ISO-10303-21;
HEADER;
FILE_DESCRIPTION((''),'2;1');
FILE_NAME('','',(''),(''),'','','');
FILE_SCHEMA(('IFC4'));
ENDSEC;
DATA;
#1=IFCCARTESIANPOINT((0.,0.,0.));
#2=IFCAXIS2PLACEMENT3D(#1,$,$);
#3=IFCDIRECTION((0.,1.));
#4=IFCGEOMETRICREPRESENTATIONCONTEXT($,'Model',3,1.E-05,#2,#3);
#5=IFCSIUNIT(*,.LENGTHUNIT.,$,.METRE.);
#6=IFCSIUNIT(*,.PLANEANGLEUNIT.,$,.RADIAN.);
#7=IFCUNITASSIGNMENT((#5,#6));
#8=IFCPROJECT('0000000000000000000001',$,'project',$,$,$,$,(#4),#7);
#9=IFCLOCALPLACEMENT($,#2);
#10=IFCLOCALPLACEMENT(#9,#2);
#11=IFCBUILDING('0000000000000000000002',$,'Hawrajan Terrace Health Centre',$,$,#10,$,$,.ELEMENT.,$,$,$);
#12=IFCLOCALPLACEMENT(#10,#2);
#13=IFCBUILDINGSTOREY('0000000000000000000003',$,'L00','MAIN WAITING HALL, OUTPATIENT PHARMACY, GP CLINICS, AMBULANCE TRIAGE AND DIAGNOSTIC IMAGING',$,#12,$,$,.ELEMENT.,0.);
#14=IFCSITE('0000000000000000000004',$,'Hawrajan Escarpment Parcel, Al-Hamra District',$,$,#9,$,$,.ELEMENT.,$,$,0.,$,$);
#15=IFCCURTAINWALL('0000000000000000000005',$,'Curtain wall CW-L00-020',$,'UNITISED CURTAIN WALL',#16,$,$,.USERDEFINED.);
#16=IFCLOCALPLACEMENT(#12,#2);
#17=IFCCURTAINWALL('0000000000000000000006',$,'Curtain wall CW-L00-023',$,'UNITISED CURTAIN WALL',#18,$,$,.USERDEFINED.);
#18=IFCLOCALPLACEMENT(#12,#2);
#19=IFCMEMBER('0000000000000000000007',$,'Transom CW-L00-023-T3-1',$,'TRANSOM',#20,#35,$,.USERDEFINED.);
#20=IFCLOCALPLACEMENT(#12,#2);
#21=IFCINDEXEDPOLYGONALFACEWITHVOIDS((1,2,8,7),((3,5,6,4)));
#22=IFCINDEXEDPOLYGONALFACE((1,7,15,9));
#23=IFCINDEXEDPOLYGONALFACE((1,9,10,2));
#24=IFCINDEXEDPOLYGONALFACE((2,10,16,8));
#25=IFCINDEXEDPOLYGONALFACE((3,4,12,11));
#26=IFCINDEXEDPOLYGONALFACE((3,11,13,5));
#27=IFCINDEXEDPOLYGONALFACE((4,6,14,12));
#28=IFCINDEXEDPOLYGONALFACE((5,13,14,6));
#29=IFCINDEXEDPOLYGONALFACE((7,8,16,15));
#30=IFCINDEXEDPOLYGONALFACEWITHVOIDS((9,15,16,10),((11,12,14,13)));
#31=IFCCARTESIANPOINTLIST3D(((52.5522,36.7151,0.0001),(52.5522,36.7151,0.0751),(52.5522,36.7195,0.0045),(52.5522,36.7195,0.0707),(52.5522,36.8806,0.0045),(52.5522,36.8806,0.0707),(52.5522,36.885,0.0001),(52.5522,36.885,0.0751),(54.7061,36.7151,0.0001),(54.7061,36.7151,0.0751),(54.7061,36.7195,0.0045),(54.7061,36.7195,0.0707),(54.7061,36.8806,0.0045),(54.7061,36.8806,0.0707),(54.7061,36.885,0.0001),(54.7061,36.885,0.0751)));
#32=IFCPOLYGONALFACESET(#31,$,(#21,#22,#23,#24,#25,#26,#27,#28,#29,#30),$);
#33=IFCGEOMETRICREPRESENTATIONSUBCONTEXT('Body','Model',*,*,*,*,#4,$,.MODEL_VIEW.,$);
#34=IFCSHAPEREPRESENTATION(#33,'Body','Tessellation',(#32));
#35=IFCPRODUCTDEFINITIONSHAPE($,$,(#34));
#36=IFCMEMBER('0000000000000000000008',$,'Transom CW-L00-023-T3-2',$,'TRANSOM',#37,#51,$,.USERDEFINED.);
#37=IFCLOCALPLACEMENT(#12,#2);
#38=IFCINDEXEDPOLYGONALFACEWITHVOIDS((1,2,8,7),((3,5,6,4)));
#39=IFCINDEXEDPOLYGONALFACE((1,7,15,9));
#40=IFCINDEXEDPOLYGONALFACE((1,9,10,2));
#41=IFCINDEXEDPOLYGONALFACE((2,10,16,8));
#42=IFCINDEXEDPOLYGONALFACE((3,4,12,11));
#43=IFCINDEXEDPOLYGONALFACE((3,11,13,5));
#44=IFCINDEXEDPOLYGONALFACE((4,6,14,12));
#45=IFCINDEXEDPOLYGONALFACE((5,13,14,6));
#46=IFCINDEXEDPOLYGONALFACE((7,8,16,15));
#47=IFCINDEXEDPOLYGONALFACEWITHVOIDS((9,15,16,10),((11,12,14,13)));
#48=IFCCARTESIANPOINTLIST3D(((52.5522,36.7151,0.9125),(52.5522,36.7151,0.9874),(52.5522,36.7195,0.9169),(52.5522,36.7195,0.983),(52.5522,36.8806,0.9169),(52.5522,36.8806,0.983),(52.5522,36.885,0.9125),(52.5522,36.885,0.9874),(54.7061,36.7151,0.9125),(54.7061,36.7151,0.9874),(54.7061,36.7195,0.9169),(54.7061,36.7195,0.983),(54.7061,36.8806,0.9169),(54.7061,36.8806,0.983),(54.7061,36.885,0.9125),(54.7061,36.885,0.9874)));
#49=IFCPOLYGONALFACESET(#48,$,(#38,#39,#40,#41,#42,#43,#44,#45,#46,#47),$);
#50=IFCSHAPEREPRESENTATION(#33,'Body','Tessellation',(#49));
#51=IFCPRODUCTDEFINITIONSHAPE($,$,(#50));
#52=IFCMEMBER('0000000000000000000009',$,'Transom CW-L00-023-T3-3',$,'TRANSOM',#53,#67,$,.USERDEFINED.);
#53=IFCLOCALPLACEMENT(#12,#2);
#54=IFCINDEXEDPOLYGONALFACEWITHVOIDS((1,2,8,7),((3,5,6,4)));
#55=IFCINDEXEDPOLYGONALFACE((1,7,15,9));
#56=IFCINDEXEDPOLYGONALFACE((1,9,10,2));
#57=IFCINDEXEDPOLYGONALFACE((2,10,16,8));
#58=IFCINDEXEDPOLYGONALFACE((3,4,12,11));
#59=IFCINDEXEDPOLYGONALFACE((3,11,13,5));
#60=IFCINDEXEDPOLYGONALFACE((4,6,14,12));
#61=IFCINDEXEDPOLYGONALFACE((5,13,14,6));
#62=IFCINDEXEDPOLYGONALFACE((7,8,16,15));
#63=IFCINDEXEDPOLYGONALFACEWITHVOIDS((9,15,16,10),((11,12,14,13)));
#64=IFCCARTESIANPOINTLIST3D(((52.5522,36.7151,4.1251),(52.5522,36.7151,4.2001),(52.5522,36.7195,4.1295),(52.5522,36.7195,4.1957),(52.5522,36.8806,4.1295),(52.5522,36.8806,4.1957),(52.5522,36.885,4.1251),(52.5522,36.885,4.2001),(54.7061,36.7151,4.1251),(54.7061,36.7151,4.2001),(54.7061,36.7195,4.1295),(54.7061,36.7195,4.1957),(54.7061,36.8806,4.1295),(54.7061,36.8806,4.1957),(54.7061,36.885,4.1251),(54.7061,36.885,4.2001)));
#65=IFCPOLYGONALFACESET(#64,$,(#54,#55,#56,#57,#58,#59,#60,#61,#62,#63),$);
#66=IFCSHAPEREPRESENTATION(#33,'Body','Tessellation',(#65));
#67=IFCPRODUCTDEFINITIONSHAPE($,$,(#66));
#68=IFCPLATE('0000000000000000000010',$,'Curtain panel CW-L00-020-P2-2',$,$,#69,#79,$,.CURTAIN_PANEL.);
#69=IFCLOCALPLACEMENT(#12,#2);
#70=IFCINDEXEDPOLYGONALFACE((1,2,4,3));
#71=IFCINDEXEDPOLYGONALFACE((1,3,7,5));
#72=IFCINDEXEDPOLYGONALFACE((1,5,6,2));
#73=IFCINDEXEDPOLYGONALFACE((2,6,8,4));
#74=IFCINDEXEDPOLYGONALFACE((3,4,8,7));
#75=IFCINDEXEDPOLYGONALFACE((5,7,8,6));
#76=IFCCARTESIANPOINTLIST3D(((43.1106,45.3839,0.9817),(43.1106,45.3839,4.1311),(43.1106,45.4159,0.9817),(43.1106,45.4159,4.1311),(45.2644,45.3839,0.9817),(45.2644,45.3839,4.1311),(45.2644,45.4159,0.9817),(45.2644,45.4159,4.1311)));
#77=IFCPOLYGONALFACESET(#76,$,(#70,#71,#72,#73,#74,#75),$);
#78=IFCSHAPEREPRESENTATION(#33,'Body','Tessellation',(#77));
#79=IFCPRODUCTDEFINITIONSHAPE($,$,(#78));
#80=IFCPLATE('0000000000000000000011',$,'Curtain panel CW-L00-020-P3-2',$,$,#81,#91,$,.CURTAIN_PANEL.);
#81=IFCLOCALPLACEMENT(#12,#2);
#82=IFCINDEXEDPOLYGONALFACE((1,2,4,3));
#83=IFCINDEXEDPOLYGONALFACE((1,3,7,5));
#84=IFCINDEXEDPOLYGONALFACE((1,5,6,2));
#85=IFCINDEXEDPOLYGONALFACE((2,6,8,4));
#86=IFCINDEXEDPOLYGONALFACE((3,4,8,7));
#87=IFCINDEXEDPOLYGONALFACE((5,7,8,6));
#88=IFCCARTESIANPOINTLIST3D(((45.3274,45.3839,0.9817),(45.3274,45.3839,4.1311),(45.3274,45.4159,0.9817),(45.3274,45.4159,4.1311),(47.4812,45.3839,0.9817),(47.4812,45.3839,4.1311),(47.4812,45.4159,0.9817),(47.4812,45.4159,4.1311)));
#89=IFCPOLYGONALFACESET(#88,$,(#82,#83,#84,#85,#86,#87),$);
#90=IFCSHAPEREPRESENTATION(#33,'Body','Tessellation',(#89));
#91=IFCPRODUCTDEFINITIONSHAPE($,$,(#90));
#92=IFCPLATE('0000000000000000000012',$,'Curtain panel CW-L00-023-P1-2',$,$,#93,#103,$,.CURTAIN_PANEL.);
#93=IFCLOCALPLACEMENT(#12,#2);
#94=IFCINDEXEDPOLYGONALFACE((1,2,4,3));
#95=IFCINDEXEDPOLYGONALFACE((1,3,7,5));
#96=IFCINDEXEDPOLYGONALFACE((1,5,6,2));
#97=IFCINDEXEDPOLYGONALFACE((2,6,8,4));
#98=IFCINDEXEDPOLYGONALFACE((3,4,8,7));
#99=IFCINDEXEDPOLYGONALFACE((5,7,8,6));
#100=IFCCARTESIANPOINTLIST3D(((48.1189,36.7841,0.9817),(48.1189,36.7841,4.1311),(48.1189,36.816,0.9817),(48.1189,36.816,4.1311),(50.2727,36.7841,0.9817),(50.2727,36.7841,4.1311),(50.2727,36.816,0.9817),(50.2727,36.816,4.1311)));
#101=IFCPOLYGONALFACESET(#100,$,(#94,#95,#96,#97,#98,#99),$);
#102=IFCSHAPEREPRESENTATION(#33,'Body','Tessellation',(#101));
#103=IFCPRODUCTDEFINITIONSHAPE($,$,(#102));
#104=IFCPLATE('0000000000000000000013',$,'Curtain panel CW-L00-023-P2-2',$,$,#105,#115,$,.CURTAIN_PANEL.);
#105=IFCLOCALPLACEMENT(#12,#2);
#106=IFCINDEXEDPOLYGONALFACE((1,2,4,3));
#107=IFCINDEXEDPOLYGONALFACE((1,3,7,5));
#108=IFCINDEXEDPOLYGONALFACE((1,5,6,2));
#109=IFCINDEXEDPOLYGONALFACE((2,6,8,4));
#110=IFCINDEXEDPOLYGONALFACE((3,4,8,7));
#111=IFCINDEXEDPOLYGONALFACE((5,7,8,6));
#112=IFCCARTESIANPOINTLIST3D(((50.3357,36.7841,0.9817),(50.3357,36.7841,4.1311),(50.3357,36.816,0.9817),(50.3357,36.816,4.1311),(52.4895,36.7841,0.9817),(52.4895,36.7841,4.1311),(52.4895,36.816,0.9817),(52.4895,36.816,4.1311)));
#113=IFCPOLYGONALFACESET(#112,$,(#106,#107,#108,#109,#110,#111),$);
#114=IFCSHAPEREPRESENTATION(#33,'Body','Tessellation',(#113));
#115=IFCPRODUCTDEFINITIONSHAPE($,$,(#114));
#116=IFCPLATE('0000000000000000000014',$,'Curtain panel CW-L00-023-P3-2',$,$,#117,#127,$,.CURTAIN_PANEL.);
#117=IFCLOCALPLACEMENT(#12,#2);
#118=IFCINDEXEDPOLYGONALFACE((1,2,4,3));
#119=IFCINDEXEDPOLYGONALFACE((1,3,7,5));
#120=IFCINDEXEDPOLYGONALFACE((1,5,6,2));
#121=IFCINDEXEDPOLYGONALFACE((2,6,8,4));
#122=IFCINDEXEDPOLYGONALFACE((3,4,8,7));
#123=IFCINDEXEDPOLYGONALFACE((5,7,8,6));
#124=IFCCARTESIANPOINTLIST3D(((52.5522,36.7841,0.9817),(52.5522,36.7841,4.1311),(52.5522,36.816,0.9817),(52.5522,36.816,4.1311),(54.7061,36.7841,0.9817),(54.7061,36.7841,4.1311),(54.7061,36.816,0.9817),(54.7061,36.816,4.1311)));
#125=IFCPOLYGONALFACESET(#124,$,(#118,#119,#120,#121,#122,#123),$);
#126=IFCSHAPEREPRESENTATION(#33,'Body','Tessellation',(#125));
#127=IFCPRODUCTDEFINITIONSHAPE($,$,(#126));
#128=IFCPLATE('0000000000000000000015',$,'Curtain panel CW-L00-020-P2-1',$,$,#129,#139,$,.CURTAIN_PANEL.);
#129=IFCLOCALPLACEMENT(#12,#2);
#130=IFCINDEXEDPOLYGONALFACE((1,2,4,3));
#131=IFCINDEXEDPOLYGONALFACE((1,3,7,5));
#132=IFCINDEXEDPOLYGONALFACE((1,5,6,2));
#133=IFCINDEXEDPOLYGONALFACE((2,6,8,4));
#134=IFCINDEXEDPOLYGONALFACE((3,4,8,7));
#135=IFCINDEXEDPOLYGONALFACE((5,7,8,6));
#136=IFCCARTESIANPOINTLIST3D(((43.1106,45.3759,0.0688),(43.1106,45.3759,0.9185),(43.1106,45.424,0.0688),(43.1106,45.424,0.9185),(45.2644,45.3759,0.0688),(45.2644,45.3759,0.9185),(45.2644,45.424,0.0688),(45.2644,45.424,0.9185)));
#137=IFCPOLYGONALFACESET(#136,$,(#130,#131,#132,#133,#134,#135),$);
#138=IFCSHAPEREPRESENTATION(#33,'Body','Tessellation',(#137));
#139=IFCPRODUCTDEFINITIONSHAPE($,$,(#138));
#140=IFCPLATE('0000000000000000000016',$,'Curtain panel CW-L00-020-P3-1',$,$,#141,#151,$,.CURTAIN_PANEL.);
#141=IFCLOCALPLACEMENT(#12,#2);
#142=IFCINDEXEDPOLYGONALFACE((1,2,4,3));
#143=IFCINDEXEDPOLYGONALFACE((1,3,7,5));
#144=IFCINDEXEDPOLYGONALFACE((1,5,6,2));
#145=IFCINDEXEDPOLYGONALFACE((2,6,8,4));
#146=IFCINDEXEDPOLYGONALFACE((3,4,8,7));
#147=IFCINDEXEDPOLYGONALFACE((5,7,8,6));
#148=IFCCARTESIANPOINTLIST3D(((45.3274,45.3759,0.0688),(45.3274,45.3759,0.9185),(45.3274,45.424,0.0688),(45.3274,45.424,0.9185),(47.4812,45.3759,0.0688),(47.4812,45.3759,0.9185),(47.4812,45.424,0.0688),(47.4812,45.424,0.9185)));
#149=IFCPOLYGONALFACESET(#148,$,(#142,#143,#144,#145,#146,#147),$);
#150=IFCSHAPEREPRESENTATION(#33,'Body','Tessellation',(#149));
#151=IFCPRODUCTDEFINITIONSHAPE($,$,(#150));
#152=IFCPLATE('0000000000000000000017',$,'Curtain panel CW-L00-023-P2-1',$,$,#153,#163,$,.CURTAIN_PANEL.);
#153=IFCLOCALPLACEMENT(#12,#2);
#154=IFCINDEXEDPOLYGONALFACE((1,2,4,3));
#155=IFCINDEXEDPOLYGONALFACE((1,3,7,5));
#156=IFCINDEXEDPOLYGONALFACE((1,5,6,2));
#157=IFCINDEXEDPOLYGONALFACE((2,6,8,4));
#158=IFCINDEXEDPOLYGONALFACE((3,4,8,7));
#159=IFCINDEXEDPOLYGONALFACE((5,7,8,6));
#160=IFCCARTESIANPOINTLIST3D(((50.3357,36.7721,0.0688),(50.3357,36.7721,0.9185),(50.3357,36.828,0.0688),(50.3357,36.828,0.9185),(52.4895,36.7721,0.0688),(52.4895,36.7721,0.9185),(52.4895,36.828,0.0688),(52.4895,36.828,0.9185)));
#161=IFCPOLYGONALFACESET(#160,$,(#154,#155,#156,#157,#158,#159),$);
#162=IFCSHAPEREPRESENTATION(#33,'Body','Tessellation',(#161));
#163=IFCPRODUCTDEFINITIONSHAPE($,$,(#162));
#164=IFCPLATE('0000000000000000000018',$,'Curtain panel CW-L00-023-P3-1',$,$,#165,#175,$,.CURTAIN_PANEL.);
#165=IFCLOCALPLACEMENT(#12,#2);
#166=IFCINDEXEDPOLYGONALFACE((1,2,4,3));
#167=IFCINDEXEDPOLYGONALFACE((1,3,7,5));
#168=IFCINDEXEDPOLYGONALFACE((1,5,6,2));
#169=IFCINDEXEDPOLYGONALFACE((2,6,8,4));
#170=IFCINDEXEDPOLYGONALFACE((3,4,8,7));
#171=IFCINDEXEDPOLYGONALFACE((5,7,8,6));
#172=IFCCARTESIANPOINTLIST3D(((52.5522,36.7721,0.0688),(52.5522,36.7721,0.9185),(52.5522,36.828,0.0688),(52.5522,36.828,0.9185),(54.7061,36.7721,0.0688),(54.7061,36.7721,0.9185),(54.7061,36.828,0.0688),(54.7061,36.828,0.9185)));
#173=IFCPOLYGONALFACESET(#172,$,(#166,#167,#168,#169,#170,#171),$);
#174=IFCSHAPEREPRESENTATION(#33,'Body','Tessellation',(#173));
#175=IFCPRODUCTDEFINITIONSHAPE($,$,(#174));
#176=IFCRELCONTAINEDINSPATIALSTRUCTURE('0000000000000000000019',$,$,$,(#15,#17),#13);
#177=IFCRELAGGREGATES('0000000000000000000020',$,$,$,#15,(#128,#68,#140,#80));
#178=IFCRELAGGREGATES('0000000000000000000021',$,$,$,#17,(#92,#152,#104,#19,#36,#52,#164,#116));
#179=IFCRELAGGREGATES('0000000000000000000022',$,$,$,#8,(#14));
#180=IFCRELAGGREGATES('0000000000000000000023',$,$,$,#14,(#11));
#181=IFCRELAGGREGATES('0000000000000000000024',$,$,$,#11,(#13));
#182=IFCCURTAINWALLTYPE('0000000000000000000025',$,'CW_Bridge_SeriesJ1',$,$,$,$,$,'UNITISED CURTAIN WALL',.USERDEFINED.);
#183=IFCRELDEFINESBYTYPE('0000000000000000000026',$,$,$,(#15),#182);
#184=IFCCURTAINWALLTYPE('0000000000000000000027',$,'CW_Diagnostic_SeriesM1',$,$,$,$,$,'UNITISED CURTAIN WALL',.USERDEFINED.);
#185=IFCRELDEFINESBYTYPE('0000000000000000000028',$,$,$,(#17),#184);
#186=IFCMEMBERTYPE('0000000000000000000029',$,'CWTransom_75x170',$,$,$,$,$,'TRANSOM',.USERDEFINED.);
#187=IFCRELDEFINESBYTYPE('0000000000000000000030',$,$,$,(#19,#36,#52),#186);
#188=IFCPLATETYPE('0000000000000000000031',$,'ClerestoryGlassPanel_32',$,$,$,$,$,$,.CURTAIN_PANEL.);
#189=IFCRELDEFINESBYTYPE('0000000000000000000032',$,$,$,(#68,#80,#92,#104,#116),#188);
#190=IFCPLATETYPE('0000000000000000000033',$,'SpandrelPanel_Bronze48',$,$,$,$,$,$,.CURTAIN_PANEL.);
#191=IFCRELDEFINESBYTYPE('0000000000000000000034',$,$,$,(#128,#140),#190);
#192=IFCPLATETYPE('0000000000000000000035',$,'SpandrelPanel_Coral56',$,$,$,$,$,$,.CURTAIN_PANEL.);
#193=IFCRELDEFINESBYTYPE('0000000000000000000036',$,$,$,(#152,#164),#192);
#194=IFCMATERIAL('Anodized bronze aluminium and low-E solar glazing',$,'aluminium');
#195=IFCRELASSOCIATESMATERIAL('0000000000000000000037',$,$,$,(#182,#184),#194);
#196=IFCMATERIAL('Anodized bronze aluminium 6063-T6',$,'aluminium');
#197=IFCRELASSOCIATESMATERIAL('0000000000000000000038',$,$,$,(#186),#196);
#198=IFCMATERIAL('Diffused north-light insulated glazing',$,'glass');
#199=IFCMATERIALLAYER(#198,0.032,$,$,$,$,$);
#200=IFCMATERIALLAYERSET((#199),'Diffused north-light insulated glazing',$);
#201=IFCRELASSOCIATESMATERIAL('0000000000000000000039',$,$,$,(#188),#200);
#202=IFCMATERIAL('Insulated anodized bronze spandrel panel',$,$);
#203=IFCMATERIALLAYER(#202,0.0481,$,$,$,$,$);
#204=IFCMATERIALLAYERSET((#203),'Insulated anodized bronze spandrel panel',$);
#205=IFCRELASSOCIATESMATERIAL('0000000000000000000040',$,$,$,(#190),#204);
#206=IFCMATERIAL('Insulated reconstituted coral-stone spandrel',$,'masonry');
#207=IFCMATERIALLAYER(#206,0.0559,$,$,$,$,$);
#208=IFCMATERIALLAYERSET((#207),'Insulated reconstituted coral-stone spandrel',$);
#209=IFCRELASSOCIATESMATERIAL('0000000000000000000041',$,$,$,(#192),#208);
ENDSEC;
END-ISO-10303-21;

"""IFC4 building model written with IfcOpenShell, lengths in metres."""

from ifc_helpers import new_model, si_unit, direction, frame, origin, origin_2d, place, context, subcontext, project, spatial, rectangle, hollow_rectangle, extrude, material, layer, layer_set, material_profile, profile_set, type_object, element, aggregate, save


model = new_model("IFC4")

# Units and contexts
model_context = context("Model", 3, precision=1e-05, world=origin(), true_north=direction((0.0, 1.0)))
body_context = subcontext(model_context, "Body", "Model", "MODEL_VIEW")
ifc_project = project(units=[si_unit("LENGTHUNIT", "METRE"), si_unit("PLANEANGLEUNIT", "RADIAN")], contexts=[model_context])

# Site, building, storey
site_placement = place(None, origin())
site = spatial("IfcSite", under=ifc_project, at=site_placement, Name="Hawrajan Escarpment Parcel, Al-Hamra District", CompositionType="ELEMENT", RefElevation=0.0)
building_placement = place(site_placement, origin())
building = spatial("IfcBuilding", under=site, at=building_placement, Name="Hawrajan Terrace Health Centre", CompositionType="ELEMENT")
storey_placement = place(building_placement, origin())
storey = spatial("IfcBuildingStorey", under=building, at=storey_placement, Name="L00", Description="MAIN WAITING HALL, OUTPATIENT PHARMACY, GP CLINICS, AMBULANCE TRIAGE AND DIAGNOSTIC IMAGING", CompositionType="ELEMENT", Elevation=0.0)

# Curtain walls
ifc_material_1 = material(Name="Anodized bronze aluminium and low-E solar glazing", Category="aluminium")
curtain_wall_type_1 = type_object("IfcCurtainWallType", Name="CW_Bridge_SeriesJ1", ElementType="UNITISED CURTAIN WALL", PredefinedType="USERDEFINED", material=ifc_material_1)
curtain_wall_1_placement = place(storey_placement, origin())
curtain_wall_1 = element("IfcCurtainWall", 1, at=curtain_wall_1_placement, inside=storey, type_object=curtain_wall_type_1, Name="Curtain wall CW-L00-020", ObjectType="UNITISED CURTAIN WALL", PredefinedType="USERDEFINED")
ifc_material_2 = material(Name="Anodized bronze aluminium 6063-T6", Category="aluminium")
curtain_wall_type_2 = type_object("IfcCurtainWallType", Name="CW_Diagnostic_SeriesM1", ElementType="UNITISED CURTAIN WALL", PredefinedType="USERDEFINED", material=ifc_material_1)
curtain_wall_2_placement = place(storey_placement, origin())
curtain_wall_2 = element("IfcCurtainWall", 2, at=curtain_wall_2_placement, inside=storey, type_object=curtain_wall_type_2, Name="Curtain wall CW-L00-023", ObjectType="UNITISED CURTAIN WALL", PredefinedType="USERDEFINED")

# Members
ifc_material_profile_1 = material_profile(ifc_material_2, hollow_rectangle(XDim=0.075, YDim=0.1699, WallThickness=0.0044, at=origin_2d()), Name="CW TRN 75x170")
ifc_profile_set_1 = profile_set([ifc_material_profile_1], Name="Anodized bronze aluminium 6063-T6")
member_type_1 = type_object("IfcMemberType", Name="CWTransom_75x170", ElementType="TRANSOM", PredefinedType="USERDEFINED", material=ifc_profile_set_1)
member_1_placement = place(storey_placement, frame((52.5522, 36.8, 0.0376), z_axis=(1.0, 0.0, 0.0), x_axis=(0.0, 0.0, 1.0)))
member_1 = element("IfcMember", 3, at=member_1_placement, type_object=member_type_1, Name="Transom CW-L00-023-T3-1", ObjectType="TRANSOM", PredefinedType="USERDEFINED", context=body_context, shape_type="SweptSolid", body=[
    extrude(hollow_rectangle(XDim=0.075, YDim=0.1699, WallThickness=0.0044, at=origin_2d()), origin(), (0.0, 0.0, 1.0), 2.1538),
])
member_2_placement = place(storey_placement, frame((52.5522, 36.8, 0.95), z_axis=(1.0, 0.0, 0.0), x_axis=(0.0, 0.0, 1.0)))
member_2 = element("IfcMember", 4, at=member_2_placement, type_object=member_type_1, Name="Transom CW-L00-023-T3-2", ObjectType="TRANSOM", PredefinedType="USERDEFINED", context=body_context, shape_type="SweptSolid", body=[
    extrude(hollow_rectangle(XDim=0.075, YDim=0.1699, WallThickness=0.0044, at=origin_2d()), origin(), (0.0, 0.0, 1.0), 2.1538),
])
member_3_placement = place(storey_placement, frame((52.5522, 36.8, 4.1626), z_axis=(1.0, 0.0, 0.0), x_axis=(0.0, 0.0, 1.0)))
member_3 = element("IfcMember", 5, at=member_3_placement, type_object=member_type_1, Name="Transom CW-L00-023-T3-3", ObjectType="TRANSOM", PredefinedType="USERDEFINED", context=body_context, shape_type="SweptSolid", body=[
    extrude(hollow_rectangle(XDim=0.075, YDim=0.1699, WallThickness=0.0044, at=origin_2d()), origin(), (0.0, 0.0, 1.0), 2.1538),
])

# Plates
ifc_material_3 = material(Name="Diffused north-light insulated glazing", Category="glass")
ifc_layer_1 = layer(ifc_material_3, 0.032)
ifc_layer_set_1 = layer_set([ifc_layer_1], Name="Diffused north-light insulated glazing")
plate_type_1 = type_object("IfcPlateType", Name="ClerestoryGlassPanel_32", PredefinedType="CURTAIN_PANEL", material=ifc_layer_set_1)
plate_1_placement = place(storey_placement, frame((44.1875, 45.3999, 0.9817), z_axis=(0.0, 0.0, 1.0), x_axis=(1.0, 0.0, 0.0)))
plate_1 = element("IfcPlate", 6, at=plate_1_placement, type_object=plate_type_1, Name="Curtain panel CW-L00-020-P2-2", PredefinedType="CURTAIN_PANEL", context=body_context, shape_type="SweptSolid", body=[
    extrude(rectangle(XDim=2.1538, YDim=0.032, at=origin_2d()), origin(), (0.0, 0.0, 1.0), 3.1494),
])
plate_2_placement = place(storey_placement, frame((46.4043, 45.3999, 0.9817), z_axis=(0.0, 0.0, 1.0), x_axis=(1.0, 0.0, 0.0)))
plate_2 = element("IfcPlate", 7, at=plate_2_placement, type_object=plate_type_1, Name="Curtain panel CW-L00-020-P3-2", PredefinedType="CURTAIN_PANEL", context=body_context, shape_type="SweptSolid", body=[
    extrude(rectangle(XDim=2.1538, YDim=0.032, at=origin_2d()), origin(), (0.0, 0.0, 1.0), 3.1494),
])
plate_3_placement = place(storey_placement, frame((49.1958, 36.8, 0.9817), z_axis=(0.0, 0.0, 1.0), x_axis=(1.0, 0.0, 0.0)))
plate_3 = element("IfcPlate", 8, at=plate_3_placement, type_object=plate_type_1, Name="Curtain panel CW-L00-023-P1-2", PredefinedType="CURTAIN_PANEL", context=body_context, shape_type="SweptSolid", body=[
    extrude(rectangle(XDim=2.1538, YDim=0.032, at=origin_2d()), origin(), (0.0, 0.0, 1.0), 3.1494),
])
plate_4_placement = place(storey_placement, frame((51.4126, 36.8, 0.9817), z_axis=(0.0, 0.0, 1.0), x_axis=(1.0, 0.0, 0.0)))
plate_4 = element("IfcPlate", 9, at=plate_4_placement, type_object=plate_type_1, Name="Curtain panel CW-L00-023-P2-2", PredefinedType="CURTAIN_PANEL", context=body_context, shape_type="SweptSolid", body=[
    extrude(rectangle(XDim=2.1538, YDim=0.032, at=origin_2d()), origin(), (0.0, 0.0, 1.0), 3.1494),
])
plate_5_placement = place(storey_placement, frame((53.6292, 36.8, 0.9817), z_axis=(0.0, 0.0, 1.0), x_axis=(1.0, 0.0, 0.0)))
plate_5 = element("IfcPlate", 10, at=plate_5_placement, type_object=plate_type_1, Name="Curtain panel CW-L00-023-P3-2", PredefinedType="CURTAIN_PANEL", context=body_context, shape_type="SweptSolid", body=[
    extrude(rectangle(XDim=2.1538, YDim=0.032, at=origin_2d()), origin(), (0.0, 0.0, 1.0), 3.1494),
])
ifc_material_4 = material(Name="Insulated anodized bronze spandrel panel")
ifc_layer_2 = layer(ifc_material_4, 0.0481)
ifc_layer_set_2 = layer_set([ifc_layer_2], Name="Insulated anodized bronze spandrel panel")
plate_type_2 = type_object("IfcPlateType", Name="SpandrelPanel_Bronze48", PredefinedType="CURTAIN_PANEL", material=ifc_layer_set_2)
plate_6_placement = place(storey_placement, frame((44.1875, 45.3999, 0.0688), z_axis=(0.0, 0.0, 1.0), x_axis=(1.0, 0.0, 0.0)))
plate_6 = element("IfcPlate", 11, at=plate_6_placement, type_object=plate_type_2, Name="Curtain panel CW-L00-020-P2-1", PredefinedType="CURTAIN_PANEL", context=body_context, shape_type="SweptSolid", body=[
    extrude(rectangle(XDim=2.1538, YDim=0.0481, at=origin_2d()), origin(), (0.0, 0.0, 1.0), 0.8496),
])
plate_7_placement = place(storey_placement, frame((46.4043, 45.3999, 0.0688), z_axis=(0.0, 0.0, 1.0), x_axis=(1.0, 0.0, 0.0)))
plate_7 = element("IfcPlate", 12, at=plate_7_placement, type_object=plate_type_2, Name="Curtain panel CW-L00-020-P3-1", PredefinedType="CURTAIN_PANEL", context=body_context, shape_type="SweptSolid", body=[
    extrude(rectangle(XDim=2.1538, YDim=0.0481, at=origin_2d()), origin(), (0.0, 0.0, 1.0), 0.8496),
])
aggregate(curtain_wall_1, [plate_6, plate_1, plate_7, plate_2])
ifc_material_5 = material(Name="Insulated reconstituted coral-stone spandrel", Category="masonry")
ifc_layer_3 = layer(ifc_material_5, 0.0559)
ifc_layer_set_3 = layer_set([ifc_layer_3], Name="Insulated reconstituted coral-stone spandrel")
plate_type_3 = type_object("IfcPlateType", Name="SpandrelPanel_Coral56", PredefinedType="CURTAIN_PANEL", material=ifc_layer_set_3)
plate_8_placement = place(storey_placement, frame((51.4126, 36.8, 0.0688), z_axis=(0.0, 0.0, 1.0), x_axis=(1.0, 0.0, 0.0)))
plate_8 = element("IfcPlate", 13, at=plate_8_placement, type_object=plate_type_3, Name="Curtain panel CW-L00-023-P2-1", PredefinedType="CURTAIN_PANEL", context=body_context, shape_type="SweptSolid", body=[
    extrude(rectangle(XDim=2.1538, YDim=0.0559, at=origin_2d()), origin(), (0.0, 0.0, 1.0), 0.8496),
])
plate_9_placement = place(storey_placement, frame((53.6292, 36.8, 0.0688), z_axis=(0.0, 0.0, 1.0), x_axis=(1.0, 0.0, 0.0)))
plate_9 = element("IfcPlate", 14, at=plate_9_placement, type_object=plate_type_3, Name="Curtain panel CW-L00-023-P3-1", PredefinedType="CURTAIN_PANEL", context=body_context, shape_type="SweptSolid", body=[
    extrude(rectangle(XDim=2.1538, YDim=0.0559, at=origin_2d()), origin(), (0.0, 0.0, 1.0), 0.8496),
])
aggregate(curtain_wall_2, [plate_3, plate_8, plate_4, member_1, member_2, member_3, plate_9, plate_5])

save(model, "model.ifc")
